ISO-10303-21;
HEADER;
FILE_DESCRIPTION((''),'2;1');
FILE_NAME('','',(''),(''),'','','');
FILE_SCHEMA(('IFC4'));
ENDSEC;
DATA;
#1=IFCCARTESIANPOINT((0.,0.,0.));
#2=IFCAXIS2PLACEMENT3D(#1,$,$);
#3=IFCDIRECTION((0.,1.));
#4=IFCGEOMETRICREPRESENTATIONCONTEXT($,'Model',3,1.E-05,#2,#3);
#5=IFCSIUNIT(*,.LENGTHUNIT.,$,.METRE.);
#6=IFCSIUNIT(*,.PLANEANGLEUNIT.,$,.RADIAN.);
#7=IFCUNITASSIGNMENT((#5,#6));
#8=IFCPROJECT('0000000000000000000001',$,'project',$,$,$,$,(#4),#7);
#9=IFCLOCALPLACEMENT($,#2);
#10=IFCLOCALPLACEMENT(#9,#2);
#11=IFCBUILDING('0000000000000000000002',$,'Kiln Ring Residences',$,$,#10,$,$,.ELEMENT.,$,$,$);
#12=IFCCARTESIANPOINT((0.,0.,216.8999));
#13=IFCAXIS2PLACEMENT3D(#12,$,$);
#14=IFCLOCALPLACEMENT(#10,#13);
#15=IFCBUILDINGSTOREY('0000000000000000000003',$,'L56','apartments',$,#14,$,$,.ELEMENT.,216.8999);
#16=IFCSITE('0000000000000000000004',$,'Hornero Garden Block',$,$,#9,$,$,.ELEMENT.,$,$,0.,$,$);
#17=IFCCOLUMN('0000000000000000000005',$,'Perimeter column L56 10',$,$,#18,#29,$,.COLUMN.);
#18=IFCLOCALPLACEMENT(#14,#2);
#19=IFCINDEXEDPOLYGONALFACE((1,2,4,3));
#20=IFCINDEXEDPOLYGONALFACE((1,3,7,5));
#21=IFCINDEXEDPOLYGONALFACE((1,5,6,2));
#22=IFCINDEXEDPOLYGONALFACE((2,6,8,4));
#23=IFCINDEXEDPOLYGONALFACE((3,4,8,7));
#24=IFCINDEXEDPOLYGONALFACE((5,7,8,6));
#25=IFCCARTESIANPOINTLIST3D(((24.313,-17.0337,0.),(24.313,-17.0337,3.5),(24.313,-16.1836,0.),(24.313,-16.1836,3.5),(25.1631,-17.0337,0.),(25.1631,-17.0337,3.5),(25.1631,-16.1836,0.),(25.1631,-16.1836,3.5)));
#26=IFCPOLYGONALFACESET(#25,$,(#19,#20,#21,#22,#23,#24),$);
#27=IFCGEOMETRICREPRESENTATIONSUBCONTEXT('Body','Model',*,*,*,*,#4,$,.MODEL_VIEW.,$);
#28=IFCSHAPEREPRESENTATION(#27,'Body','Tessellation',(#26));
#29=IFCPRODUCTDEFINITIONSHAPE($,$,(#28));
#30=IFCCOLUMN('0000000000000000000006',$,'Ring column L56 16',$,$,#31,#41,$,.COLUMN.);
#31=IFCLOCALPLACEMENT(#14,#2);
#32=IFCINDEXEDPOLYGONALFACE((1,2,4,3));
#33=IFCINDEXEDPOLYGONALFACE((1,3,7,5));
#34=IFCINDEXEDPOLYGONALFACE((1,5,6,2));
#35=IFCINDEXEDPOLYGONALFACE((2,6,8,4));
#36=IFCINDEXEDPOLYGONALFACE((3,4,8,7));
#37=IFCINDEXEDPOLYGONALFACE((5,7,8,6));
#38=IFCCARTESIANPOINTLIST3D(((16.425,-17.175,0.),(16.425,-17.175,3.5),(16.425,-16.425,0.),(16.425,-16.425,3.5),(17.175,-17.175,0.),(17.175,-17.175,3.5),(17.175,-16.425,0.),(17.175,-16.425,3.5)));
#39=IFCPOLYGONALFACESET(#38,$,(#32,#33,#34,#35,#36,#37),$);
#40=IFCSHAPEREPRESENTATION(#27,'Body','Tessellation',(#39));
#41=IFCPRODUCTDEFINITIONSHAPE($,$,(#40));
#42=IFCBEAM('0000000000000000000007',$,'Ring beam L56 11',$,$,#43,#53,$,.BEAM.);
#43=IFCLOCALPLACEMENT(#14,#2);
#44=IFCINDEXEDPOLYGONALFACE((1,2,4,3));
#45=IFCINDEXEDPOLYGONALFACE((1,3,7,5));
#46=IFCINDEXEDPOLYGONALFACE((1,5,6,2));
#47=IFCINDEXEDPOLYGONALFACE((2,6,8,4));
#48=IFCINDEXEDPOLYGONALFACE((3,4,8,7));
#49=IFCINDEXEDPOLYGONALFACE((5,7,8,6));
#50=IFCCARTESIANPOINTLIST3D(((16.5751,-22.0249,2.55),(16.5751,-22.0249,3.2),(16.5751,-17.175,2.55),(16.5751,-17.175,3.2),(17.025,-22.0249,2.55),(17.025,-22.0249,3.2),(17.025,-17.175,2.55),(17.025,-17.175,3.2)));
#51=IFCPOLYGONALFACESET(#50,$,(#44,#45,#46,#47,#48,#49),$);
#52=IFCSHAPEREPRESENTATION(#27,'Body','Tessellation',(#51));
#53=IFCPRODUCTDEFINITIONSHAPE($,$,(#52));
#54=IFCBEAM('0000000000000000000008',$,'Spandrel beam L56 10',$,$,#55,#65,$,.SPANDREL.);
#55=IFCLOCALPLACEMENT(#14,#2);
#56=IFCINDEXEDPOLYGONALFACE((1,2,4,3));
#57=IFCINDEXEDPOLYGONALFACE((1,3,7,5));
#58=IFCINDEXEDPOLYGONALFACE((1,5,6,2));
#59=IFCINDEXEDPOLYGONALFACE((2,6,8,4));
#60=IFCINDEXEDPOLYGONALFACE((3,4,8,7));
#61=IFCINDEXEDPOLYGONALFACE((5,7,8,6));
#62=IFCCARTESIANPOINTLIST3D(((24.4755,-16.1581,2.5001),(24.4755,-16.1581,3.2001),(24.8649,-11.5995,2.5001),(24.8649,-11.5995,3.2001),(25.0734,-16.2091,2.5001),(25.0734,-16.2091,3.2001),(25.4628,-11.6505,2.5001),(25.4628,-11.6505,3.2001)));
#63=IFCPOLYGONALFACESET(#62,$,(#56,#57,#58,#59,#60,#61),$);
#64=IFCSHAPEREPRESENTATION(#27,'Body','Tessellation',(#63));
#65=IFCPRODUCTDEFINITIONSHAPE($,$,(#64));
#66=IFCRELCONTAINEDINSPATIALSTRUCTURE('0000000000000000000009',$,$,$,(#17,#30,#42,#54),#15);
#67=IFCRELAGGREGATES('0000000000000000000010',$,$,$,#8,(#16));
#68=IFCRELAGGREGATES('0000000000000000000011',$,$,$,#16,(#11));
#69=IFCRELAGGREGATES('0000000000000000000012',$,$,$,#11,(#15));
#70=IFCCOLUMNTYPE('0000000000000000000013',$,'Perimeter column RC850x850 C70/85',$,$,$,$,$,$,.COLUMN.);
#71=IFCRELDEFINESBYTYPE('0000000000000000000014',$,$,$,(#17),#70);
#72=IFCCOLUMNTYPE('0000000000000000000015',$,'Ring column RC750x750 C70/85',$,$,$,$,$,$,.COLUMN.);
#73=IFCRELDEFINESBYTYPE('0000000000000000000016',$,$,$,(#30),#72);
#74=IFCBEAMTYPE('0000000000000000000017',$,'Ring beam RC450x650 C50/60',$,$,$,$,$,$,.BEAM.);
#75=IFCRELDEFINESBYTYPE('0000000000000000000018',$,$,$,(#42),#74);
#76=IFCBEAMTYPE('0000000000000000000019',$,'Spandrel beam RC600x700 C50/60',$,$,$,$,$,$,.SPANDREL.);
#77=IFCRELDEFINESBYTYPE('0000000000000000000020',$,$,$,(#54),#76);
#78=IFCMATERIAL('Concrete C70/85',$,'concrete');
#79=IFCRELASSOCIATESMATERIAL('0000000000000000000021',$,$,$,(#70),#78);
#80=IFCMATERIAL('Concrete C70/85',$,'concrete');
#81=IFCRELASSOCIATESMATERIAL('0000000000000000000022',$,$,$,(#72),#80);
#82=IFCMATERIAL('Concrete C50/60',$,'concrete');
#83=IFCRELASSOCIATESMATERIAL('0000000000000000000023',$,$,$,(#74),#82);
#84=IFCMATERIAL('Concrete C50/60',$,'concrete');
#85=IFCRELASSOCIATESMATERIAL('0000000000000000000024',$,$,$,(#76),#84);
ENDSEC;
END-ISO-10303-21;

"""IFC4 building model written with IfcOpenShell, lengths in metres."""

from ifc_helpers import new_model, si_unit, direction, frame, origin, origin_2d, place, context, subcontext, project, spatial, rectangle, extrude, material, material_profile, profile_set, type_object, element, save


model = new_model("IFC4")

# Units and contexts
model_context = context("Model", 3, precision=1e-05, world=origin(), true_north=direction((0.0, 1.0)))
body_context = subcontext(model_context, "Body", "Model", "MODEL_VIEW")
ifc_project = project(units=[si_unit("LENGTHUNIT", "METRE"), si_unit("PLANEANGLEUNIT", "RADIAN")], contexts=[model_context])

# Site, building, storey
site_placement = place(None, origin())
site = spatial("IfcSite", under=ifc_project, at=site_placement, Name="Hornero Garden Block", CompositionType="ELEMENT", RefElevation=0.0)
building_placement = place(site_placement, origin())
building = spatial("IfcBuilding", under=site, at=building_placement, Name="Kiln Ring Residences", CompositionType="ELEMENT")
storey_placement = place(building_placement, frame((0.0, 0.0, 216.8999)))
storey = spatial("IfcBuildingStorey", under=building, at=storey_placement, Name="L56", Description="apartments", CompositionType="ELEMENT", Elevation=216.8999)

# Columns
ifc_material_1 = material(Name="Concrete C70/85", Category="concrete")
ifc_material_profile_1 = material_profile(ifc_material_1, rectangle(XDim=0.8501, YDim=0.8501, at=origin_2d()), Name="RC850x850")
ifc_profile_set_1 = profile_set([ifc_material_profile_1], Name="Concrete C70/85")
column_type_1 = type_object("IfcColumnType", Name="Perimeter column RC850x850 C70/85", PredefinedType="COLUMN", material=ifc_profile_set_1)
column_1_placement = place(storey_placement, frame((24.738, -16.6086, 0.0), z_axis=(0.0, 0.0, 1.0), x_axis=(1.0, 0.0, 0.0)))
element("IfcColumn", 1, at=column_1_placement, inside=storey, type_object=column_type_1, Name="Perimeter column L56 10", PredefinedType="COLUMN", context=body_context, shape_type="SweptSolid", body=[
    extrude(rectangle(XDim=0.8501, YDim=0.8501, at=origin_2d()), origin(), (0.0, 0.0, 1.0), 3.5),
])
ifc_material_2 = material(Name="Concrete C70/85", Category="concrete")
ifc_material_profile_2 = material_profile(ifc_material_2, rectangle(XDim=0.75, YDim=0.75, at=origin_2d()), Name="RC750x750")
ifc_profile_set_2 = profile_set([ifc_material_profile_2], Name="Concrete C70/85")
column_type_2 = type_object("IfcColumnType", Name="Ring column RC750x750 C70/85", PredefinedType="COLUMN", material=ifc_profile_set_2)
column_2_placement = place(storey_placement, frame((16.8, -16.8, 0.0), z_axis=(0.0, 0.0, 1.0), x_axis=(1.0, 0.0, 0.0)))
element("IfcColumn", 2, at=column_2_placement, inside=storey, type_object=column_type_2, Name="Ring column L56 16", PredefinedType="COLUMN", context=body_context, shape_type="SweptSolid", body=[
    extrude(rectangle(XDim=0.75, YDim=0.75, at=origin_2d()), origin(), (0.0, 0.0, 1.0), 3.5),
])

# Beams
ifc_material_3 = material(Name="Concrete C50/60", Category="concrete")
ifc_material_profile_3 = material_profile(ifc_material_3, rectangle(XDim=0.45, YDim=0.6499, at=origin_2d()), Name="RC450x650")
ifc_profile_set_3 = profile_set([ifc_material_profile_3], Name="Concrete C50/60")
beam_type_1 = type_object("IfcBeamType", Name="Ring beam RC450x650 C50/60", PredefinedType="BEAM", material=ifc_profile_set_3)
beam_1_placement = place(storey_placement, frame((16.8, -17.175, 2.875), z_axis=(0.0, -1.0, 0.0), x_axis=(1.0, 0.0, 0.0)))
element("IfcBeam", 3, at=beam_1_placement, inside=storey, type_object=beam_type_1, Name="Ring beam L56 11", PredefinedType="BEAM", context=body_context, shape_type="SweptSolid", body=[
    extrude(rectangle(XDim=0.45, YDim=0.6499, at=origin_2d()), origin(), (0.0, 0.0, 1.0), 4.8499),
])
ifc_material_4 = material(Name="Concrete C50/60", Category="concrete")
ifc_material_profile_4 = material_profile(ifc_material_4, rectangle(XDim=0.6001, YDim=0.7, at=origin_2d()), Name="RC600x700")
ifc_profile_set_4 = profile_set([ifc_material_profile_4], Name="Concrete C50/60")
beam_type_2 = type_object("IfcBeamType", Name="Spandrel beam RC600x700 C50/60", PredefinedType="SPANDREL", material=ifc_profile_set_4)
beam_2_placement = place(storey_placement, frame((24.7744, -16.1836, 2.8501), z_axis=(0.085112, 0.996371, 0.0), x_axis=(-0.996371, 0.085112, 0.0)))
element("IfcBeam", 4, at=beam_2_placement, inside=storey, type_object=beam_type_2, Name="Spandrel beam L56 10", PredefinedType="SPANDREL", context=body_context, shape_type="SweptSolid", body=[
    extrude(rectangle(XDim=0.6001, YDim=0.7, at=origin_2d()), origin(), (0.0, 0.0, 1.0), 4.5752),
])

save(model, "model.ifc")
